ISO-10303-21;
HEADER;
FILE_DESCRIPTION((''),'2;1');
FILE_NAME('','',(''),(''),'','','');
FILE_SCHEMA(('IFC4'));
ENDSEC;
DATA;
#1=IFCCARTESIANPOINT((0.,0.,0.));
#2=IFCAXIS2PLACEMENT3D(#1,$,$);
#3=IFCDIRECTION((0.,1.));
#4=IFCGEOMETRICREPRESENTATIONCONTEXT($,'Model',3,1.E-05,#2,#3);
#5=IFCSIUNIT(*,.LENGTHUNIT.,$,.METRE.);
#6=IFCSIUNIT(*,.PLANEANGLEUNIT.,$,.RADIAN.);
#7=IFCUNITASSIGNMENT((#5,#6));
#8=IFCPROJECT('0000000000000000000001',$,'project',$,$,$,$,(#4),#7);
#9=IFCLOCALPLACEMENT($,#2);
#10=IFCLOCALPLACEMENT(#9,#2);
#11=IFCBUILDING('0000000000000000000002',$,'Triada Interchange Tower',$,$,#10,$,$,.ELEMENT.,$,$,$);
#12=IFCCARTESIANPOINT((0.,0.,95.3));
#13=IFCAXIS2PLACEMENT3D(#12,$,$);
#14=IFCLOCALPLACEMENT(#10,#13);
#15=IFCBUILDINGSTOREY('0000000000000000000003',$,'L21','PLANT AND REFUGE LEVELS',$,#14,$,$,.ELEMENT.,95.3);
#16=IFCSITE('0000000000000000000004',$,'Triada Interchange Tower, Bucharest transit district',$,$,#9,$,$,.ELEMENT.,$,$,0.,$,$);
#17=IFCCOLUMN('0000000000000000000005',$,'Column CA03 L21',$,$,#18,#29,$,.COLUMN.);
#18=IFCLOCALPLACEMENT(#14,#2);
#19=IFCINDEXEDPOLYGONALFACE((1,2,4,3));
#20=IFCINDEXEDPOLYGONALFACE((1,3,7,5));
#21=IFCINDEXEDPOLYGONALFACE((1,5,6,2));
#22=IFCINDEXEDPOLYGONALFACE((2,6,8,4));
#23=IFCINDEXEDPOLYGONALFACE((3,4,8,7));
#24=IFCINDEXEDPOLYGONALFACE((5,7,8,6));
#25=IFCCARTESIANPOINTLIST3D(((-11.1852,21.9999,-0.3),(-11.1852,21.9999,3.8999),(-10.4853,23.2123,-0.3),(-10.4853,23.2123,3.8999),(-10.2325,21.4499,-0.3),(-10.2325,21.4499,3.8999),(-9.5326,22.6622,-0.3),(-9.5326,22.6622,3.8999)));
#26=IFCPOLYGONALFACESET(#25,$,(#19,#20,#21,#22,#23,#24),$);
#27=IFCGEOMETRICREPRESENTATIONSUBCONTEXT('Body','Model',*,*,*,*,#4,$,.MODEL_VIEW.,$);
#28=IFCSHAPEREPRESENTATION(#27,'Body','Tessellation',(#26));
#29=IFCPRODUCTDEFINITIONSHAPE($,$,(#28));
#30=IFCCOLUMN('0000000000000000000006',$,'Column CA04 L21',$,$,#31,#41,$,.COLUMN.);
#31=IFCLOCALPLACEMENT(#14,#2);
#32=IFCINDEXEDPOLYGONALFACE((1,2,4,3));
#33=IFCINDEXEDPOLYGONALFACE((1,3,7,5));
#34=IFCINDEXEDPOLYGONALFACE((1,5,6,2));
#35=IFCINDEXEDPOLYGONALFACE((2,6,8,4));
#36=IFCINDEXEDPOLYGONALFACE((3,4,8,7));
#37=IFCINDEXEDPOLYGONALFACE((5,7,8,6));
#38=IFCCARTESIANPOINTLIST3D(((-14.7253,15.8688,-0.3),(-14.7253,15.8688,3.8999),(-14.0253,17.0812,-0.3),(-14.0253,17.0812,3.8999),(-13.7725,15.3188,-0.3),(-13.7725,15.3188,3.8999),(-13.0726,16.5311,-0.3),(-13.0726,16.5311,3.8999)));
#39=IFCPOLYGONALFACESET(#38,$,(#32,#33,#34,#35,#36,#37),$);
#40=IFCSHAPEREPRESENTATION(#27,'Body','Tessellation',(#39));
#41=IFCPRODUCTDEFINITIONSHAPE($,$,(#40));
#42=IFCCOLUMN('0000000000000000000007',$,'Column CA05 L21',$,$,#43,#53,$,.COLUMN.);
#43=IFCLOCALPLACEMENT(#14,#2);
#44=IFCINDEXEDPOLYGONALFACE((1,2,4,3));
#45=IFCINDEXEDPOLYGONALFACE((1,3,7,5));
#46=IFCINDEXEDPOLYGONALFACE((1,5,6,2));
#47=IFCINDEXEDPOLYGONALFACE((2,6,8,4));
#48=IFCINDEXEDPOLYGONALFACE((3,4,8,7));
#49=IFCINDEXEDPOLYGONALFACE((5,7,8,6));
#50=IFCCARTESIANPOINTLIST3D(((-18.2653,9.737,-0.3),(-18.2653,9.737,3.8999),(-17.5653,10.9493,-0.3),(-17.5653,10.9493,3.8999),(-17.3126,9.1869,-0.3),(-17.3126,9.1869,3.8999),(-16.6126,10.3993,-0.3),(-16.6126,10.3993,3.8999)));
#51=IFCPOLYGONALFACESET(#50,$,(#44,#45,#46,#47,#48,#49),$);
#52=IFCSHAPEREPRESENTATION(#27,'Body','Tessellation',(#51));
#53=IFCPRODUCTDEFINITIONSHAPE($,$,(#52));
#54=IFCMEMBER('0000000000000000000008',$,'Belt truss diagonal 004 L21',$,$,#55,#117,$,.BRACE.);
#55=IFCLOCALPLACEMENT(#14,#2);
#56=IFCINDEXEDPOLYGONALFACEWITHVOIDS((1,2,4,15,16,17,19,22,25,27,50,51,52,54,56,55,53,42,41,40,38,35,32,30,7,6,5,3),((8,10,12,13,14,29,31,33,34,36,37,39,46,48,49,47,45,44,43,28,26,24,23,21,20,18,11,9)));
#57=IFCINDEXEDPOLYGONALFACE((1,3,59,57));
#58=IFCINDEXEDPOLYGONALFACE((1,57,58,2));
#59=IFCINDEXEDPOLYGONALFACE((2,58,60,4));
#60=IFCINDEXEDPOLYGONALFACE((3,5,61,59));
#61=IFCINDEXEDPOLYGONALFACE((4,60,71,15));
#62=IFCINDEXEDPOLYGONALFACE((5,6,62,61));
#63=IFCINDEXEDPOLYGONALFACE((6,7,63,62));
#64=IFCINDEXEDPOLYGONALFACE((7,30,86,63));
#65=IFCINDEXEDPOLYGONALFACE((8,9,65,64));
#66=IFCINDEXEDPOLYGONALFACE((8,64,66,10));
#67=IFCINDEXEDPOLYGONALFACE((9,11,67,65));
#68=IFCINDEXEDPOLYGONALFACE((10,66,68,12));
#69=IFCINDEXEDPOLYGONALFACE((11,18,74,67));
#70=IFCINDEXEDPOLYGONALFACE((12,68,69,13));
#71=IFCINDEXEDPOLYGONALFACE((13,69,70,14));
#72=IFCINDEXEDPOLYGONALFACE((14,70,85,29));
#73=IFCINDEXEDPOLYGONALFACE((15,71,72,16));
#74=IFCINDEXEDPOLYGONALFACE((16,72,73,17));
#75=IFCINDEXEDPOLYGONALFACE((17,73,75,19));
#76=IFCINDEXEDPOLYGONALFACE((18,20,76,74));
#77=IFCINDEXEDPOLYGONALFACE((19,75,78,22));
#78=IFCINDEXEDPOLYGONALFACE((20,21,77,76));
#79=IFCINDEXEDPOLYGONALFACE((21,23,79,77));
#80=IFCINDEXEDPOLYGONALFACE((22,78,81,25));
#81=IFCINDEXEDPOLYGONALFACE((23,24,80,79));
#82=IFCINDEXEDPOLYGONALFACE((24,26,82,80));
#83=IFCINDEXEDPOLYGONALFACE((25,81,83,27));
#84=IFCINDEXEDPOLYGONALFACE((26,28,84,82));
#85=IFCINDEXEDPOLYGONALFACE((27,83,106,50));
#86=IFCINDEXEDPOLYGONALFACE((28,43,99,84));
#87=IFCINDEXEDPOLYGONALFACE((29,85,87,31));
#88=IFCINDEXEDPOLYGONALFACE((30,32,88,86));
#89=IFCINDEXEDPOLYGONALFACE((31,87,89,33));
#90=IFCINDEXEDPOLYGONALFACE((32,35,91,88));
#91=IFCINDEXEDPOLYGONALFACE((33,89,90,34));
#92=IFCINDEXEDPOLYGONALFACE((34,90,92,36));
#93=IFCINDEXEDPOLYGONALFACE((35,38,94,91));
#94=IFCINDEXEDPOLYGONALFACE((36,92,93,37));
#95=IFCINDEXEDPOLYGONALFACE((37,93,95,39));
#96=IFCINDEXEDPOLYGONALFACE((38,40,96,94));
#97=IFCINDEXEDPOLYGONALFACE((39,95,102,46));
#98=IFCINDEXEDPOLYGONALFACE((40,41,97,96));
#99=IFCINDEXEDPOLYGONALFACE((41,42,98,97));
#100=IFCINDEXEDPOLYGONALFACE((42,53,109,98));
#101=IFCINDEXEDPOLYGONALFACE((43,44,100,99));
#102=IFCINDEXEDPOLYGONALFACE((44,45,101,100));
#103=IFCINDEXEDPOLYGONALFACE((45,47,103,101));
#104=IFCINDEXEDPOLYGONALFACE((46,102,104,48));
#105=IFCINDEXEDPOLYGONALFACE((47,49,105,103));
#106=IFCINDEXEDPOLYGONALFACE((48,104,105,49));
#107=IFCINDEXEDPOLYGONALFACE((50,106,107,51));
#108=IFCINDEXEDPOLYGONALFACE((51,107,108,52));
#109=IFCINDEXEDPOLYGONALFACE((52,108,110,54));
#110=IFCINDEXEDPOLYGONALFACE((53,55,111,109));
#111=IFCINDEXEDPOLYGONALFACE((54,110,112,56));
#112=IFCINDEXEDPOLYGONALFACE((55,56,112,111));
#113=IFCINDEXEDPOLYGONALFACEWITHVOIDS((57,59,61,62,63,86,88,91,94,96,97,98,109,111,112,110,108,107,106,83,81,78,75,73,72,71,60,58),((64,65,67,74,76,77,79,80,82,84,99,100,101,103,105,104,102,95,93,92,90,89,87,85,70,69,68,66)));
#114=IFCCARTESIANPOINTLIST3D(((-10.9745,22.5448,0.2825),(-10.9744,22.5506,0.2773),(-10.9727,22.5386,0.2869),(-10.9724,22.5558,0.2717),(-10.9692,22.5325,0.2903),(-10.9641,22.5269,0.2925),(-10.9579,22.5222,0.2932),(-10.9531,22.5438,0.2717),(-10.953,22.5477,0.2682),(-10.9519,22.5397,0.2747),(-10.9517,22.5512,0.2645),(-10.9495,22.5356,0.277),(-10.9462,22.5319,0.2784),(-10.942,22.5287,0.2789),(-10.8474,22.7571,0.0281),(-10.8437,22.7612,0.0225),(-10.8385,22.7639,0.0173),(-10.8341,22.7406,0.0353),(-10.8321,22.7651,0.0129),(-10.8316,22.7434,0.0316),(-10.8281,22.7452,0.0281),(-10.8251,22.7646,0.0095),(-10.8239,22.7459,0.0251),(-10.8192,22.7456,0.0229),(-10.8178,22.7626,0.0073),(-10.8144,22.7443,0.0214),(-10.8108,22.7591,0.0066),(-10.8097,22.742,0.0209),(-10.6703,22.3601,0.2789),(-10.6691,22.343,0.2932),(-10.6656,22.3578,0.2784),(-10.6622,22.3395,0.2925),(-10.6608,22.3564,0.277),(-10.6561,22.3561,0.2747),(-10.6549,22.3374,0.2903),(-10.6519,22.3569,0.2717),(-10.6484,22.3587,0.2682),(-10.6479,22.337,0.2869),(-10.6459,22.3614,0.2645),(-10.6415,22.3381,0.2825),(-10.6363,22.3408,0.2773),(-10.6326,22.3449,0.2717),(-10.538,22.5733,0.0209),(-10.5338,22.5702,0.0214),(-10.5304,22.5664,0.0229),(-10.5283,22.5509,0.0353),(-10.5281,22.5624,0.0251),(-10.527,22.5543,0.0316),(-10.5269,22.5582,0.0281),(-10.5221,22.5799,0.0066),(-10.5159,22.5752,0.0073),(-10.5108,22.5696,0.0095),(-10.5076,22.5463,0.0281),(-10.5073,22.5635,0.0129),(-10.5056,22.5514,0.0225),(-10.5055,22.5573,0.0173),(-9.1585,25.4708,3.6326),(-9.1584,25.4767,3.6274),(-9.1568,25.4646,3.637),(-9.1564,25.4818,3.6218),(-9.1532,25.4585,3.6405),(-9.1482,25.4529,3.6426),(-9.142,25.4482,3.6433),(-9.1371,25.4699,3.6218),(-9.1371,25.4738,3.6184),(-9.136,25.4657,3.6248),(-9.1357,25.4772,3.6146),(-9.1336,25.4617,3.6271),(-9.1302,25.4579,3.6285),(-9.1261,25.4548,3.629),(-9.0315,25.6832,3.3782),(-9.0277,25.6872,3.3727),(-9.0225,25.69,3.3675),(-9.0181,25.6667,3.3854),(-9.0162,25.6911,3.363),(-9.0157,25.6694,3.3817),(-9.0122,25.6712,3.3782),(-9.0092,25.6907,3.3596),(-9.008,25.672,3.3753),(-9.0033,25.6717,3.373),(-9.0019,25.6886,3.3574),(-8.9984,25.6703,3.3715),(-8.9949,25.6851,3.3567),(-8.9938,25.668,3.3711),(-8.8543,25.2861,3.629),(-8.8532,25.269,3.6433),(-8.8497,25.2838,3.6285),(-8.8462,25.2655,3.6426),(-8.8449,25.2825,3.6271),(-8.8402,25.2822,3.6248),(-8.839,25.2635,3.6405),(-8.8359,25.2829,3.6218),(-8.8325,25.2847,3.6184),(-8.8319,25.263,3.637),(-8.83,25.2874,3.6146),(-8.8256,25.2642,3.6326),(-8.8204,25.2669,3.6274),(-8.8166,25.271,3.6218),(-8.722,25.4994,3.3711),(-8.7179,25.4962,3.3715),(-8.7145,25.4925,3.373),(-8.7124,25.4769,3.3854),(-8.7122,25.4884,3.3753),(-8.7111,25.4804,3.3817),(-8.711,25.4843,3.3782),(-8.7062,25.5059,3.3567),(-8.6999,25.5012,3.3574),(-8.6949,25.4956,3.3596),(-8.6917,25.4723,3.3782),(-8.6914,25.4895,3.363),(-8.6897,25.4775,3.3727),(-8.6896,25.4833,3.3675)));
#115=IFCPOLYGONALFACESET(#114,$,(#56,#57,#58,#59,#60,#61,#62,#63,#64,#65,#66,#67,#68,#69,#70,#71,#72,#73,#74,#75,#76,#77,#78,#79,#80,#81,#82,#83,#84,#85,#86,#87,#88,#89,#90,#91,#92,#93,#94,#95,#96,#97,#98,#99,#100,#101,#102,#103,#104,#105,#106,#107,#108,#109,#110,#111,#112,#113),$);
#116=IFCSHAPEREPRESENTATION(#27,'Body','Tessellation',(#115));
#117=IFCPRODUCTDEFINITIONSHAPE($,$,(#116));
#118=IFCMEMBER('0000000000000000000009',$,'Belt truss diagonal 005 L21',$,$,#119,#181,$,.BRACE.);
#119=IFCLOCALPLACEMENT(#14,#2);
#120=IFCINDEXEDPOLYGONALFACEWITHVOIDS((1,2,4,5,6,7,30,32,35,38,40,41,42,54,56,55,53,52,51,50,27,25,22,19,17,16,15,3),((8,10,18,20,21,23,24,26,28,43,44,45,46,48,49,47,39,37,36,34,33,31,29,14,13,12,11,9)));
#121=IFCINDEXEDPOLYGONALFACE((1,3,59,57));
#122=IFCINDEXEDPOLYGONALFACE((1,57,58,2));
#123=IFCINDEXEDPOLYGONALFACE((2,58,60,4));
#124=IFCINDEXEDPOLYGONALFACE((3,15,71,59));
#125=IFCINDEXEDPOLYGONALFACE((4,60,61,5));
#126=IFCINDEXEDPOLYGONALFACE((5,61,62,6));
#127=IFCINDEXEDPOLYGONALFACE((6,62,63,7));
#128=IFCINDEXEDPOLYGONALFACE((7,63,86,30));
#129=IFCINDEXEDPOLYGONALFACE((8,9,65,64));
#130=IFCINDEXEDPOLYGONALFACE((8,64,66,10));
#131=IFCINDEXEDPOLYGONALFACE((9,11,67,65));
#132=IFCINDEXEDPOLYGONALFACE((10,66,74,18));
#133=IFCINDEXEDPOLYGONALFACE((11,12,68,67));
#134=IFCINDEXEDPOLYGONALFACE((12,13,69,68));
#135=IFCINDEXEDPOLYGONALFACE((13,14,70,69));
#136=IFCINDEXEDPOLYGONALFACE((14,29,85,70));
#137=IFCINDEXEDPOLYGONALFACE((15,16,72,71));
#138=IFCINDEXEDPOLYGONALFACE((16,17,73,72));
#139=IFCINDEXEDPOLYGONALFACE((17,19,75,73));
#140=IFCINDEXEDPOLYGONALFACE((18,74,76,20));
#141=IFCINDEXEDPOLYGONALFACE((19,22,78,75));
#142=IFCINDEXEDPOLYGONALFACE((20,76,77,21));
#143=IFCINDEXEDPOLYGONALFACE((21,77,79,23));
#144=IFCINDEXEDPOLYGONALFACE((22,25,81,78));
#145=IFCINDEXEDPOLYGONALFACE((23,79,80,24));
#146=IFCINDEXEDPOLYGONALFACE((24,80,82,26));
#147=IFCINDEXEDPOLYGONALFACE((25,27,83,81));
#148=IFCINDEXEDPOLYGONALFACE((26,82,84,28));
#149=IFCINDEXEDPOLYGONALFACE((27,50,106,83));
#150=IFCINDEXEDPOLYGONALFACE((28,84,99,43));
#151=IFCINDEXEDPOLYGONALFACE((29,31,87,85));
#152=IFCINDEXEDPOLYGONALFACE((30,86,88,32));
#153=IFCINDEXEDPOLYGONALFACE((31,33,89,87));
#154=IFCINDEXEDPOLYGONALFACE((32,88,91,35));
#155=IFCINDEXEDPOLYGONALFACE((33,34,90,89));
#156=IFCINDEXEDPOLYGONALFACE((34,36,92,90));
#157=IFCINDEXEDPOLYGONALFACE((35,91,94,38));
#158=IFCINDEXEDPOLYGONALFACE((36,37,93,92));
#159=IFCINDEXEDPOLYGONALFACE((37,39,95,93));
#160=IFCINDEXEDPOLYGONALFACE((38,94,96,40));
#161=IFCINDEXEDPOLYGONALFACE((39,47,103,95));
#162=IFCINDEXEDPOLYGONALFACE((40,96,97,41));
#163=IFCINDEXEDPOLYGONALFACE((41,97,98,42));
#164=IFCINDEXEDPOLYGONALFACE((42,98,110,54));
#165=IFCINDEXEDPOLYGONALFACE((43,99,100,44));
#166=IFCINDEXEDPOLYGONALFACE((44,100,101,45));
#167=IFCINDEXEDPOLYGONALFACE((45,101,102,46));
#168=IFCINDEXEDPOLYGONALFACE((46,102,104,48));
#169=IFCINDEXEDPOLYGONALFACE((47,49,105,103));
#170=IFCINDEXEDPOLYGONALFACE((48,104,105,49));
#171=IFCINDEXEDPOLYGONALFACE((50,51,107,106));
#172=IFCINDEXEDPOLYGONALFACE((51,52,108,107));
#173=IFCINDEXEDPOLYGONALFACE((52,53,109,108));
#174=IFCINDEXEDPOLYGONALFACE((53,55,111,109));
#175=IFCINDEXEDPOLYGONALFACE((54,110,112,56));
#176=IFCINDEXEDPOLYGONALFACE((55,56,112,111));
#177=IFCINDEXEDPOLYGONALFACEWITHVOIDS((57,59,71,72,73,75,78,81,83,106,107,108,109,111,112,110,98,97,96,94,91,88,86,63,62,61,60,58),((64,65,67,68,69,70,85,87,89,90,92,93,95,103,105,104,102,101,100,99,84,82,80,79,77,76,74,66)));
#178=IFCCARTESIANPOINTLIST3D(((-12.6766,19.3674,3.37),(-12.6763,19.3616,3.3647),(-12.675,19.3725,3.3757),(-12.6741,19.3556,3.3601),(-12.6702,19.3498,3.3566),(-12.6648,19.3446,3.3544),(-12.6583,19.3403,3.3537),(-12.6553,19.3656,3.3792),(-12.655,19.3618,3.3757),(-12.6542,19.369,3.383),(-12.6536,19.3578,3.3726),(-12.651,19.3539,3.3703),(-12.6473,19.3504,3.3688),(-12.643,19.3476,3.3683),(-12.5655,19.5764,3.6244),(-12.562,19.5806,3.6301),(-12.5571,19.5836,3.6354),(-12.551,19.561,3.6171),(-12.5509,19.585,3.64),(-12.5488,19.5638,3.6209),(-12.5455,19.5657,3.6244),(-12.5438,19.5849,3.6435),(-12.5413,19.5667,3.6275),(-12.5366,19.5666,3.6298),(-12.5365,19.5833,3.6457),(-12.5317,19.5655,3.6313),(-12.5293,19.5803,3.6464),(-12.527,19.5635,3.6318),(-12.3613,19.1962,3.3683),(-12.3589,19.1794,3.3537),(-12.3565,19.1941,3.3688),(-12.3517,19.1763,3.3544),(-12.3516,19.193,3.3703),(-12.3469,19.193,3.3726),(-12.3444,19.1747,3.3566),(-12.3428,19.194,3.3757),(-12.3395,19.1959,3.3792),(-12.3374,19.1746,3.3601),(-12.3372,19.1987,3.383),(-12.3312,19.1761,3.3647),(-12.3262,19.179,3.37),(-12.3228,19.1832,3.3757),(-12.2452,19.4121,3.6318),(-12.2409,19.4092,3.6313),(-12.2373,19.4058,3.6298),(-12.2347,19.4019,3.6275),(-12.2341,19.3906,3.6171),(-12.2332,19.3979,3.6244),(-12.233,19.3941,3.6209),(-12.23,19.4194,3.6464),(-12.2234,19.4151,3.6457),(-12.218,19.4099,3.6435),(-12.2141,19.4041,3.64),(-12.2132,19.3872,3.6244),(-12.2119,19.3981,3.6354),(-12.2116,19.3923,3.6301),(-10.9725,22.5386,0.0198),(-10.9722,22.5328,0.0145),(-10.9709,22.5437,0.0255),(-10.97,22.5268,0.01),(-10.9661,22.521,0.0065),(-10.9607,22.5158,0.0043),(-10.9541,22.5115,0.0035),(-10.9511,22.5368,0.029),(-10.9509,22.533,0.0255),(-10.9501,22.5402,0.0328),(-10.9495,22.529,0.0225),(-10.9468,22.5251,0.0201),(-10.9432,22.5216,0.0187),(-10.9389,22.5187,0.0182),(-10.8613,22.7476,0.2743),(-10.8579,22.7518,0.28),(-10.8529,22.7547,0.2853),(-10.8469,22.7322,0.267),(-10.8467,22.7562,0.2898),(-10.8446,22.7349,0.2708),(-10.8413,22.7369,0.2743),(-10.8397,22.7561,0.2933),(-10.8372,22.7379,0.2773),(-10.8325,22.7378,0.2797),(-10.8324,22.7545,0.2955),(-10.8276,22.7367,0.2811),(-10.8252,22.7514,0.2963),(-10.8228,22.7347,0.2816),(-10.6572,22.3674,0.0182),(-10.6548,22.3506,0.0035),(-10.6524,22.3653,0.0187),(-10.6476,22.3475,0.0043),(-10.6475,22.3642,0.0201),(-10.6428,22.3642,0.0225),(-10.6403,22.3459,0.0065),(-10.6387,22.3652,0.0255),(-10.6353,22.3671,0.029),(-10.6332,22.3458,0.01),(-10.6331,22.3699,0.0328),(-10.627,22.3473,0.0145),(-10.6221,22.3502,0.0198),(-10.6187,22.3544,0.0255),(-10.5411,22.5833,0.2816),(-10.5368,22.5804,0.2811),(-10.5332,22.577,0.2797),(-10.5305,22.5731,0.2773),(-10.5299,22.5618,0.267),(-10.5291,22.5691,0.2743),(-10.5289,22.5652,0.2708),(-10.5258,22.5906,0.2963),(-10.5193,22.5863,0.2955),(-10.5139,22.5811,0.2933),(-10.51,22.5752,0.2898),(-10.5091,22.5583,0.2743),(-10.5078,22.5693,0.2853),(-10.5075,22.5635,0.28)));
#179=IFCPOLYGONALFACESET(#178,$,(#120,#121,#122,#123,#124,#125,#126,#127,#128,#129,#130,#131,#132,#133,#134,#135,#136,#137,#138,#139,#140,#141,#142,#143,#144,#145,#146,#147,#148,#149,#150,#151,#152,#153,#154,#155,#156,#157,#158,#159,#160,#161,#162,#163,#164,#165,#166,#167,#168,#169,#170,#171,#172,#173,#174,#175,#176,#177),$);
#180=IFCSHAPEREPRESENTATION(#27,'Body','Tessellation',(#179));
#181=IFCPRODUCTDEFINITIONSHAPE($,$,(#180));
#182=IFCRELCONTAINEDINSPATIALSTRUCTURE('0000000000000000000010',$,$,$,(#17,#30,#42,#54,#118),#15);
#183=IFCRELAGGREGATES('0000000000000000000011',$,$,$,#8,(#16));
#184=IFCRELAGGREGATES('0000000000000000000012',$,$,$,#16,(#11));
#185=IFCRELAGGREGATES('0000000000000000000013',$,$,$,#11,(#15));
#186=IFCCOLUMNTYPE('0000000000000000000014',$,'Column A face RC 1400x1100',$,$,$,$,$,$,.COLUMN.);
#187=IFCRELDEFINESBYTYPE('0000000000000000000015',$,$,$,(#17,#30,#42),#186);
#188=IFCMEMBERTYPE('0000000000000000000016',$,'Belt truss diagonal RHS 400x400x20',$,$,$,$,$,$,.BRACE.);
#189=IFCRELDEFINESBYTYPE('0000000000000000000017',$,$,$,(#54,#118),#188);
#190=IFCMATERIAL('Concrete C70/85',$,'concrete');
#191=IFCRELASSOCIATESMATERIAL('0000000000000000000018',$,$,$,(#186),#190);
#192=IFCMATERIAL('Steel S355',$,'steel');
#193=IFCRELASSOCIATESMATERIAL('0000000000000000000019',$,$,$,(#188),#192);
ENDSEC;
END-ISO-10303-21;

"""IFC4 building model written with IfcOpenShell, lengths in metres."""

from ifc_helpers import new_model, si_unit, direction, frame, origin, origin_2d, place, context, subcontext, project, spatial, rectangle, hollow_rectangle, extrude, material, material_profile, profile_set, type_object, element, save


model = new_model("IFC4")

# Units and contexts
model_context = context("Model", 3, precision=1e-05, world=origin(), true_north=direction((0.0, 1.0)))
body_context = subcontext(model_context, "Body", "Model", "MODEL_VIEW")
ifc_project = project(units=[si_unit("LENGTHUNIT", "METRE"), si_unit("PLANEANGLEUNIT", "RADIAN")], contexts=[model_context])

# Site, building, storey
site_placement = place(None, origin())
site = spatial("IfcSite", under=ifc_project, at=site_placement, Name="Triada Interchange Tower, Bucharest transit district", CompositionType="ELEMENT", RefElevation=0.0)
building_placement = place(site_placement, origin())
building = spatial("IfcBuilding", under=site, at=building_placement, Name="Triada Interchange Tower", CompositionType="ELEMENT")
storey_placement = place(building_placement, frame((0.0, 0.0, 95.3)))
storey = spatial("IfcBuildingStorey", under=building, at=storey_placement, Name="L21", Description="PLANT AND REFUGE LEVELS", CompositionType="ELEMENT", Elevation=95.3)

# Columns
ifc_material_1 = material(Name="Concrete C70/85", Category="concrete")
ifc_material_profile_1 = material_profile(ifc_material_1, rectangle(XDim=1.3999, YDim=1.1001, at=origin_2d()), Name="RC 1400x1100")
ifc_profile_set_1 = profile_set([ifc_material_profile_1], Name="Concrete C70/85")
column_type = type_object("IfcColumnType", Name="Column A face RC 1400x1100", PredefinedType="COLUMN", material=ifc_profile_set_1)
for number, where, z_axis, x_axis, name in (
    (1, (-10.3589, 22.3311, -0.3), (0.0, 0.0, 1.0), (0.5, 0.866025, 0.0), "Column CA03 L21"),
    (2, (-13.8989, 16.2, -0.3), (0.0, 0.0, 1.0), (0.5, 0.866025, 0.0), "Column CA04 L21"),
    (3, (-17.439, 10.0681, -0.3), (0.0, 0.0, 1.0), (0.5, 0.866025, 0.0), "Column CA05 L21"),
):
    element("IfcColumn", number, at=place(storey_placement, frame(where, z_axis=z_axis, x_axis=x_axis)), inside=storey, type_object=column_type, Name=name, PredefinedType="COLUMN", context=body_context, shape_type="SweptSolid", body=[
        extrude(rectangle(XDim=1.3999, YDim=1.1001, at=origin_2d()), origin(), (0.0, 0.0, 1.0), 4.2),
    ])

# Members
ifc_material_2 = material(Name="Steel S355", Category="steel")
ifc_material_profile_2 = material_profile(ifc_material_2, hollow_rectangle(XDim=0.3999, YDim=0.3999, WallThickness=0.02, InnerFilletRadius=0.02, OuterFilletRadius=0.03, at=origin_2d()), Name="RHS 400x400x20")
ifc_profile_set_2 = profile_set([ifc_material_profile_2], Name="Steel S355")
member_type = type_object("IfcMemberType", Name="Belt truss diagonal RHS 400x400x20", PredefinedType="BRACE", material=ifc_profile_set_2)
member_1_placement = place(storey_placement, frame((-10.74, 22.551, 0.1499), z_axis=(0.377969, 0.609029, 0.697297), x_axis=(-0.849671, 0.527313, 0.0)))
element("IfcMember", 4, at=member_1_placement, inside=storey, type_object=member_type, Name="Belt truss diagonal 004 L21", PredefinedType="BRACE", context=body_context, shape_type="SweptSolid", body=[
    extrude(hollow_rectangle(XDim=0.3999, YDim=0.3999, WallThickness=0.02, InnerFilletRadius=0.02, OuterFilletRadius=0.03, at=origin_2d()), origin(), (0.0, 0.0, 1.0), 4.8044),
])
member_2_placement = place(storey_placement, frame((-10.74, 22.551, 0.1499), z_axis=(-0.346528, -0.644849, 0.68124), x_axis=(0.880869, -0.47336, 0.0)))
element("IfcMember", 5, at=member_2_placement, inside=storey, type_object=member_type, Name="Belt truss diagonal 005 L21", PredefinedType="BRACE", context=body_context, shape_type="SweptSolid", body=[
    extrude(hollow_rectangle(XDim=0.3999, YDim=0.3999, WallThickness=0.02, InnerFilletRadius=0.02, OuterFilletRadius=0.03, at=origin_2d()), origin(), (0.0, 0.0, 1.0), 4.9177),
])

save(model, "model.ifc")
